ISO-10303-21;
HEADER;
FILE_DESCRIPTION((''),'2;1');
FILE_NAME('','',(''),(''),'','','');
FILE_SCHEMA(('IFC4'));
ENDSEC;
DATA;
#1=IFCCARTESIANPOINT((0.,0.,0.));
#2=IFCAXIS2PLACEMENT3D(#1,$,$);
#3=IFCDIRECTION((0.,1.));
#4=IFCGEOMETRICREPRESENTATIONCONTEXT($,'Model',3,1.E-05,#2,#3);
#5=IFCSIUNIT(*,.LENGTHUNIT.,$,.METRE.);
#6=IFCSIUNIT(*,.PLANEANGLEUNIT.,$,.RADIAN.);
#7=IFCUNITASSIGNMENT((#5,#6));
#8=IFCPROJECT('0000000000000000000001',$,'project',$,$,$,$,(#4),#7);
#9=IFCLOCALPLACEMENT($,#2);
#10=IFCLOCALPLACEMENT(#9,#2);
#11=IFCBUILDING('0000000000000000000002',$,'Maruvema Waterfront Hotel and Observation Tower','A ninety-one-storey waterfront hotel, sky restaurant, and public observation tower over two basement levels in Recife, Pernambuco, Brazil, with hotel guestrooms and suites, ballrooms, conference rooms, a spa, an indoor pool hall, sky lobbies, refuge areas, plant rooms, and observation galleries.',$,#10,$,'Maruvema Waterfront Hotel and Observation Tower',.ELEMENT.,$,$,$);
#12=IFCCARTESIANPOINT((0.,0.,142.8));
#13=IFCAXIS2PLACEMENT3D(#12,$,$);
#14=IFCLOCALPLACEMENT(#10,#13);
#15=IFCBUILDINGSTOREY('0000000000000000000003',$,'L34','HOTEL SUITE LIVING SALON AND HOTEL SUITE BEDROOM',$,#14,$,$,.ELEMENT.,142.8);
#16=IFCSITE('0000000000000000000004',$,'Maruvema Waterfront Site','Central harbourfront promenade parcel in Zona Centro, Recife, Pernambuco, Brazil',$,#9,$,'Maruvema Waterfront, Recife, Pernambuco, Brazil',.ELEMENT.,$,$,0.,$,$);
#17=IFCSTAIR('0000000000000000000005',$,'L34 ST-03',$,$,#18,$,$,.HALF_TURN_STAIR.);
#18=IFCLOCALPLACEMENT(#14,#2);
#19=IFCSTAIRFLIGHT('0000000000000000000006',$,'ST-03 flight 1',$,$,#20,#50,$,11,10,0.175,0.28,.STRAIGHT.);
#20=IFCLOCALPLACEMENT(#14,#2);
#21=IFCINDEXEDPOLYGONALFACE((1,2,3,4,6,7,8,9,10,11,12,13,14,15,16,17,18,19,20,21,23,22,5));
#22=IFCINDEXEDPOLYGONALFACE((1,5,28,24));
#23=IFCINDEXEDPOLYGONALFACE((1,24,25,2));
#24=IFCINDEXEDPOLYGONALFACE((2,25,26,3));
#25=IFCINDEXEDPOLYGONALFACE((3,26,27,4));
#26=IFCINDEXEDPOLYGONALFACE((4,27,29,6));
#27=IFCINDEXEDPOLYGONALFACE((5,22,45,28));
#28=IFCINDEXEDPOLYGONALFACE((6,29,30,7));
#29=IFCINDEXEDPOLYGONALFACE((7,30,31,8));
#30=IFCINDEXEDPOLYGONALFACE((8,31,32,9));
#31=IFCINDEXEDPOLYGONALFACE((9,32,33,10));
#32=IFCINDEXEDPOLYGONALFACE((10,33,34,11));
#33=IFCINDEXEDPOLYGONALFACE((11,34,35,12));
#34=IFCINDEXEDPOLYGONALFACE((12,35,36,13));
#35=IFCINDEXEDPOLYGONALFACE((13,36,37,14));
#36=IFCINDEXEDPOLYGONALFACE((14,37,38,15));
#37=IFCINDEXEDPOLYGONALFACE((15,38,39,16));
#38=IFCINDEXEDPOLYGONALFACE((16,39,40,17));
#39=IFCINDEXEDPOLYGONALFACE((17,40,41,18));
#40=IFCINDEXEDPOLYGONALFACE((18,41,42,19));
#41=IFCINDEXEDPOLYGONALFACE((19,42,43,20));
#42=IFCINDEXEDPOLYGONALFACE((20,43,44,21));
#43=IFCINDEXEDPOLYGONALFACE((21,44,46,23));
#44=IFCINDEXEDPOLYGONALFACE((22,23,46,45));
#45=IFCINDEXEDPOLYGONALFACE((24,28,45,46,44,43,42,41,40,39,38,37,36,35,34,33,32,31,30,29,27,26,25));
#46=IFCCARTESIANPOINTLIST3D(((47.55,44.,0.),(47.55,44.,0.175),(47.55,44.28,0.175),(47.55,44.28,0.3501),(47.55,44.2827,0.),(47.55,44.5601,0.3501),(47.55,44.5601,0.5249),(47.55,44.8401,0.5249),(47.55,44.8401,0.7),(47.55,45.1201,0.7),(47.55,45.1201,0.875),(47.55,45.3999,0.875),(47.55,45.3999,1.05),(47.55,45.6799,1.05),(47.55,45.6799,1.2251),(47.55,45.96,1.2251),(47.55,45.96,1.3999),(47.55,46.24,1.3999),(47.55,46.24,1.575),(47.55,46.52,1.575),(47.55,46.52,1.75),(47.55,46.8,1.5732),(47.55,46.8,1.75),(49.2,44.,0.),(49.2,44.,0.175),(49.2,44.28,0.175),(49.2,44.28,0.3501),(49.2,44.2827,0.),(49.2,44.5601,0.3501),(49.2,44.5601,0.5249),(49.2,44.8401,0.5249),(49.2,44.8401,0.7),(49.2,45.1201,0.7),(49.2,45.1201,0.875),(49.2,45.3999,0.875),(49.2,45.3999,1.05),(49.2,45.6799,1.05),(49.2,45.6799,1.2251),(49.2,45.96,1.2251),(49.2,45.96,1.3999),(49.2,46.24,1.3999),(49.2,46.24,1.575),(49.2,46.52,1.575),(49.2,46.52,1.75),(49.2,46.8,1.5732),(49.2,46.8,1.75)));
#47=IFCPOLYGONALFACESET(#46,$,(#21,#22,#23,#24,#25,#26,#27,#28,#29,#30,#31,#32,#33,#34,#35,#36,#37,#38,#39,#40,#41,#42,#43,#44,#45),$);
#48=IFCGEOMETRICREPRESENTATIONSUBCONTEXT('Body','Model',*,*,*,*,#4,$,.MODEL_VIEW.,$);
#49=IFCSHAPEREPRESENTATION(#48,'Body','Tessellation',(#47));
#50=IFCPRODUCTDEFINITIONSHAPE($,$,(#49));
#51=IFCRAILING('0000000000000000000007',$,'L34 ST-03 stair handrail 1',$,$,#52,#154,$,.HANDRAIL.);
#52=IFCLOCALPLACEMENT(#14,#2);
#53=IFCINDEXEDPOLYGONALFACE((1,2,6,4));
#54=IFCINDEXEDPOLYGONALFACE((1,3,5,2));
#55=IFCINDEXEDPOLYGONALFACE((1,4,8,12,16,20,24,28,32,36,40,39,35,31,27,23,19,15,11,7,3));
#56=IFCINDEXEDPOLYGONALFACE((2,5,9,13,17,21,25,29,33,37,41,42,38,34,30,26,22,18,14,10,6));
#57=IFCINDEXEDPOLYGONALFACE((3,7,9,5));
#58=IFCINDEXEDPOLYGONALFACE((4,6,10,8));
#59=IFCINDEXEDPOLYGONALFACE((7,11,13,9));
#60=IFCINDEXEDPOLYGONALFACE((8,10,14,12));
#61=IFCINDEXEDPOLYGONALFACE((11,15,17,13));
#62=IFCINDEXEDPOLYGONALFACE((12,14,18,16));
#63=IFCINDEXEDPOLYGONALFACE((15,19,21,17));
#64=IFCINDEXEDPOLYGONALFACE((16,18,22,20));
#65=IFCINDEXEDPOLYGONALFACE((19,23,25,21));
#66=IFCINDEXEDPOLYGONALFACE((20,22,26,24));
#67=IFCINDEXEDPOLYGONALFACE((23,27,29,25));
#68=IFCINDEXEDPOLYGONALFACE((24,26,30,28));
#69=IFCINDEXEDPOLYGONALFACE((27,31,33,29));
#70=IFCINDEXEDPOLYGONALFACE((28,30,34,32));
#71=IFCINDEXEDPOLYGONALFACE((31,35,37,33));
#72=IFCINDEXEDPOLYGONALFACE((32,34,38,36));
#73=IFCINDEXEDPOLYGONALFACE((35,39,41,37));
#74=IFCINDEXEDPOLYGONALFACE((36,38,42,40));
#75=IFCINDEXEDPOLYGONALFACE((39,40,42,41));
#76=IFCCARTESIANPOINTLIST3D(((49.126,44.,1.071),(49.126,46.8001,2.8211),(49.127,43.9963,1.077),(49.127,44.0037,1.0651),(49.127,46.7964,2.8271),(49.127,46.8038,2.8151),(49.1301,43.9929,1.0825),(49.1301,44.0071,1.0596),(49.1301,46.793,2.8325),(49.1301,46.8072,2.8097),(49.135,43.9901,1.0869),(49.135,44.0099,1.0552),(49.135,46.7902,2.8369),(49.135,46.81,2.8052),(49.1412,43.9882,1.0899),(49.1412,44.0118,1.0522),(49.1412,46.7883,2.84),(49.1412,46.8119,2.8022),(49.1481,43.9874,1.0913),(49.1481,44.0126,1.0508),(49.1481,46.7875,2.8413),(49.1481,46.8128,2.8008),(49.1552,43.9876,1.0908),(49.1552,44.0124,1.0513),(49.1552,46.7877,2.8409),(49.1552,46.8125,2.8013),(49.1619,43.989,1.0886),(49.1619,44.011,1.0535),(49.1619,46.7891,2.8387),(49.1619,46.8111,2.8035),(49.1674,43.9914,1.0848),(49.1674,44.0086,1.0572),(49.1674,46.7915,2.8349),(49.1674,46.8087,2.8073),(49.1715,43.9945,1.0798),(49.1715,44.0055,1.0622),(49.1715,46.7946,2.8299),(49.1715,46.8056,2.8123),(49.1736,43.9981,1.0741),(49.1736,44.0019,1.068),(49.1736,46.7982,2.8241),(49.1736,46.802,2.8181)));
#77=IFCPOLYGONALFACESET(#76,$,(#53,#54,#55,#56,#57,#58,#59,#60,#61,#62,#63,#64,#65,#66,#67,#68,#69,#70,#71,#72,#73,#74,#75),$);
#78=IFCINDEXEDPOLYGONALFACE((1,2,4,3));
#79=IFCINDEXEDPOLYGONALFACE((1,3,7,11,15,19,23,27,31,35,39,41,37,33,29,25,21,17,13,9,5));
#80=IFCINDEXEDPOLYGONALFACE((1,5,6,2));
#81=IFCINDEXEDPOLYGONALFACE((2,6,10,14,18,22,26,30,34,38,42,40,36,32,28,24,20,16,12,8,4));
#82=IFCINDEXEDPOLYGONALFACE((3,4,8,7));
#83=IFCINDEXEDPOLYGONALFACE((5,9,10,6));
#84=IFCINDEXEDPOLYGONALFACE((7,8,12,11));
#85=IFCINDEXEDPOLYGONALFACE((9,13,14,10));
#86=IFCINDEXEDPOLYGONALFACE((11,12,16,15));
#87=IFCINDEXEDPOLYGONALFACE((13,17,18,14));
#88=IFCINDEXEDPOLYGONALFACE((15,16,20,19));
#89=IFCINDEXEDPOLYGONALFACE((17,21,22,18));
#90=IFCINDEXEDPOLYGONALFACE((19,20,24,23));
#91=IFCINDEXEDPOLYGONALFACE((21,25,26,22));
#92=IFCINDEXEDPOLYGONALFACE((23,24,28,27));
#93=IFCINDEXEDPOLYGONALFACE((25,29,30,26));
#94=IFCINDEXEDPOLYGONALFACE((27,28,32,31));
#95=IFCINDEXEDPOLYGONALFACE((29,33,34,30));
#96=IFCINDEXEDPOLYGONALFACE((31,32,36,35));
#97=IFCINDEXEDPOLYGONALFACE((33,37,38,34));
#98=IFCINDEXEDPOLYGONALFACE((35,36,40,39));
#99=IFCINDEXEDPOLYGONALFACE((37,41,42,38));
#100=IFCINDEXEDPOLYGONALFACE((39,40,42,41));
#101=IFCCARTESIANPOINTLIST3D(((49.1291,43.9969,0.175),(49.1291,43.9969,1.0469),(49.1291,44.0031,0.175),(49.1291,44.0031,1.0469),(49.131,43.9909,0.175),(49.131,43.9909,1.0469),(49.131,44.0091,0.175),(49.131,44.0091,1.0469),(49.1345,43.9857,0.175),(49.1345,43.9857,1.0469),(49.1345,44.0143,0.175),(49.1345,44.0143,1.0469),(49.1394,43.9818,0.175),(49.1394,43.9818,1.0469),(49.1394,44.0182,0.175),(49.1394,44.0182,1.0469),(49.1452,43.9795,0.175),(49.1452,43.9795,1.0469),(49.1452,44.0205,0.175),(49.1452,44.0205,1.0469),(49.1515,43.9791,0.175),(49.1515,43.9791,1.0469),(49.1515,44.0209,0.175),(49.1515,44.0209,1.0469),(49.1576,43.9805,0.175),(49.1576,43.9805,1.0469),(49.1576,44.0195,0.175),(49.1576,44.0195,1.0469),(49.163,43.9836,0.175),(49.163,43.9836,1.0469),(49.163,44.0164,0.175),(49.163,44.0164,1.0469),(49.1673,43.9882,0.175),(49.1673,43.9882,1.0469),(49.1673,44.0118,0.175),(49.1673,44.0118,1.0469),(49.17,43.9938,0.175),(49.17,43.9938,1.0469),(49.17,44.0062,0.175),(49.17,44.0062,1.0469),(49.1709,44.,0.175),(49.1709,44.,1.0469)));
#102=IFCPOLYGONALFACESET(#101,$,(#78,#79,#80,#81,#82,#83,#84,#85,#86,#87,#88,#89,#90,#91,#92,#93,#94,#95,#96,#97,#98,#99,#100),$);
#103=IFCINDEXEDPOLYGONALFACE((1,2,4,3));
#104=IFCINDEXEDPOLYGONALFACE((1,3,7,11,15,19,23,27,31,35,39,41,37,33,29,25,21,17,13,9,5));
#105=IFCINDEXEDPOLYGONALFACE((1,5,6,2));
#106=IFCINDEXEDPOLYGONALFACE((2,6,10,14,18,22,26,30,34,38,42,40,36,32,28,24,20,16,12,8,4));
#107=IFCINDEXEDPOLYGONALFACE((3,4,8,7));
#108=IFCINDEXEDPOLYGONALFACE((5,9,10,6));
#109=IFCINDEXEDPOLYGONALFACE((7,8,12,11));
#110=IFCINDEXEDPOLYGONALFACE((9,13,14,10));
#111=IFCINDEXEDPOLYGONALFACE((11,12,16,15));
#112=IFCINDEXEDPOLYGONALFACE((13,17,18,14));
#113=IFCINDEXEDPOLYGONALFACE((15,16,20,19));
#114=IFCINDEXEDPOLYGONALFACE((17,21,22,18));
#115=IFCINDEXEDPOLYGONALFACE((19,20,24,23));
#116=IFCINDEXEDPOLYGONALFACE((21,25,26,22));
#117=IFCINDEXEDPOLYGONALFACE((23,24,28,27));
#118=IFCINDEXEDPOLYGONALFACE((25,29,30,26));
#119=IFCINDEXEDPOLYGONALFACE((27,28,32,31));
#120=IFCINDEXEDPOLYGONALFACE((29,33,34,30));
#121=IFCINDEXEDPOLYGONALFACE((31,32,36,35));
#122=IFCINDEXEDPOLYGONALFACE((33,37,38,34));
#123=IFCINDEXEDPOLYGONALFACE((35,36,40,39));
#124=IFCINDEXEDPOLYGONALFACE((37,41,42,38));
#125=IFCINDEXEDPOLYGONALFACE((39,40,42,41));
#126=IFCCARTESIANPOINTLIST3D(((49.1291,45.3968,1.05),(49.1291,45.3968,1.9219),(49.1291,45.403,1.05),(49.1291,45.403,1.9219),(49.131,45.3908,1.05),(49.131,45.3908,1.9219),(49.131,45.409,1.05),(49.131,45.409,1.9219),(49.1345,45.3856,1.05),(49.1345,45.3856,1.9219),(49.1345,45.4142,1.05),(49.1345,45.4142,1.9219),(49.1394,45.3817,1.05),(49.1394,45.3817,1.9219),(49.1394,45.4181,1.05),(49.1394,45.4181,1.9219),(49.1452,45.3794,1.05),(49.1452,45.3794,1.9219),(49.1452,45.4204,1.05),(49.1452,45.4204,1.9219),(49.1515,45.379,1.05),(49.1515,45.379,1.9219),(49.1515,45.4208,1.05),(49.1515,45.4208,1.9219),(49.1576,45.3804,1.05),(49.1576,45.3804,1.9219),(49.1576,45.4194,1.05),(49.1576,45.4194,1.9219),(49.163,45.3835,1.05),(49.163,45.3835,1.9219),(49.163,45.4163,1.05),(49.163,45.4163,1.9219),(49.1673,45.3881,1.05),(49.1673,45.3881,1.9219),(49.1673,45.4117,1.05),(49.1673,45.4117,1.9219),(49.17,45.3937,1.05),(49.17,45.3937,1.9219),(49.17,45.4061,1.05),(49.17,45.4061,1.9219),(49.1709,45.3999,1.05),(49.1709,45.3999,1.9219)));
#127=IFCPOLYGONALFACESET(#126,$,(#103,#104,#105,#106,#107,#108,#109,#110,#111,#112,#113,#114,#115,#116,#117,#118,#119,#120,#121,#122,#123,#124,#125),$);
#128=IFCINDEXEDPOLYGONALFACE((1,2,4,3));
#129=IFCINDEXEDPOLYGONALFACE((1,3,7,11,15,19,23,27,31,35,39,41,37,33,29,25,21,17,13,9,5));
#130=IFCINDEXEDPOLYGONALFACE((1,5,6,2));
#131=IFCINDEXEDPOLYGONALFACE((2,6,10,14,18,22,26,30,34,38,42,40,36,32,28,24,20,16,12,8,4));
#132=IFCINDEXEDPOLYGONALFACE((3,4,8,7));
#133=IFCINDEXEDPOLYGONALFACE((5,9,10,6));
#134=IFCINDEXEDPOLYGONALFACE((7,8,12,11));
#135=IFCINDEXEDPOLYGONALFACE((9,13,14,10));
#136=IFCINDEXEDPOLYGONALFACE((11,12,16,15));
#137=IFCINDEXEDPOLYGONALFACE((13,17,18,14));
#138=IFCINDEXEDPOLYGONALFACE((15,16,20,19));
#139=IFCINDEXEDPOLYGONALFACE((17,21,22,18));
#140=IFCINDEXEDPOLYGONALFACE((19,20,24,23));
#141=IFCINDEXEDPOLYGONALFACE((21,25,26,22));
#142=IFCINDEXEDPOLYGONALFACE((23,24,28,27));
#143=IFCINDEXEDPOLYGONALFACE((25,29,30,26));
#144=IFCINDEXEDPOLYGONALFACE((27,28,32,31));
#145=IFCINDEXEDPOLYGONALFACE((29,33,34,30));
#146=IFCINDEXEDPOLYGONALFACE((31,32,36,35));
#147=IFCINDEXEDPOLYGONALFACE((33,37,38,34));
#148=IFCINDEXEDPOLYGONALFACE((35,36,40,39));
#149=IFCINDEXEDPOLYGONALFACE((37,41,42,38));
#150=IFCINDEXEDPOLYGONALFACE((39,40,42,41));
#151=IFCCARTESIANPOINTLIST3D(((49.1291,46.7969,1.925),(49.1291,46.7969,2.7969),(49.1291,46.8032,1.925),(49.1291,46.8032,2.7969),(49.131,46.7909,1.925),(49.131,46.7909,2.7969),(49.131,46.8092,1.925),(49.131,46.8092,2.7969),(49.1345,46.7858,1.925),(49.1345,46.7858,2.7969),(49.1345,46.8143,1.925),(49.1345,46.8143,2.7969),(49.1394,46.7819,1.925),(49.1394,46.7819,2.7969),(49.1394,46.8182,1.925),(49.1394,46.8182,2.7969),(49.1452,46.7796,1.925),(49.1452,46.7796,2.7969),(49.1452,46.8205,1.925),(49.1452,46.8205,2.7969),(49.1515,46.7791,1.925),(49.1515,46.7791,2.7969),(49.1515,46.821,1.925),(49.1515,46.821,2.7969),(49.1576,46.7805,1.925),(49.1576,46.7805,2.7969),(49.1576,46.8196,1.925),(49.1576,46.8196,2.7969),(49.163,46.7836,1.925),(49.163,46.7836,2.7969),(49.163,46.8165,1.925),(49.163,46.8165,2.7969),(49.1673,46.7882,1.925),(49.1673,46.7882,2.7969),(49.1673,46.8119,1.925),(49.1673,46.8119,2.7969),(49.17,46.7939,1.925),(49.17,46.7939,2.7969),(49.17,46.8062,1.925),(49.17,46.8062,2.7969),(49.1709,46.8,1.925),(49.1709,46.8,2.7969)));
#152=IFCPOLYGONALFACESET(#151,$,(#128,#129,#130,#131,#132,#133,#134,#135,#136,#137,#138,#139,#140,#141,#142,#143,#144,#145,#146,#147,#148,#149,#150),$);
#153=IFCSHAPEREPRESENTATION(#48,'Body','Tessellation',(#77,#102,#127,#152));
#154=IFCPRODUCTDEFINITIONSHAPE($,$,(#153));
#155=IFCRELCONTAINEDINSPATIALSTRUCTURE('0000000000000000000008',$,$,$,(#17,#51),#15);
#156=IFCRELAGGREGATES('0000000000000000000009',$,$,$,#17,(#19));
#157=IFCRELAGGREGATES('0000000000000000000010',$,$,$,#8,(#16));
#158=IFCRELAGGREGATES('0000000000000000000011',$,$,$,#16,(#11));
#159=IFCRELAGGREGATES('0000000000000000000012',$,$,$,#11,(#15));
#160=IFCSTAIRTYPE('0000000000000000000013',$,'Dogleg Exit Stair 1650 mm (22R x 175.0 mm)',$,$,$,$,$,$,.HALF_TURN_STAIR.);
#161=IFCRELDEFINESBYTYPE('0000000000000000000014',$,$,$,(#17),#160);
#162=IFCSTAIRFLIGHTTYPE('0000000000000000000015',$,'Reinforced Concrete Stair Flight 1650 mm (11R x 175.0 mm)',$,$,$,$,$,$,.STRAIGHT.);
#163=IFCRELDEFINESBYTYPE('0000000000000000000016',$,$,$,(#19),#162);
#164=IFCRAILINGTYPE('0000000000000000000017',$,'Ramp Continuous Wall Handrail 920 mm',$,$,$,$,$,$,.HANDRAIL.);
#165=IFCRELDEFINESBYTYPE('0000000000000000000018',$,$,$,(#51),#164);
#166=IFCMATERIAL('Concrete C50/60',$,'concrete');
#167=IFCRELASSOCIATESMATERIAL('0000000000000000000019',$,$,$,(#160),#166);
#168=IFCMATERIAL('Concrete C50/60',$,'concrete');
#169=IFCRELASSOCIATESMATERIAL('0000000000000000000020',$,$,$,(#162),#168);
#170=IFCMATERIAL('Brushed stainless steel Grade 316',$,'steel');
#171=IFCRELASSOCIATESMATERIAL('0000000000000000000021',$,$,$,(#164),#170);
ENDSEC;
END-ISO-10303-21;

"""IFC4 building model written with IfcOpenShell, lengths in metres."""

from ifc_helpers import new_model, si_unit, direction, frame, origin, origin_2d, place, context, subcontext, project, spatial, polyline, circle, outline, extrude, material, type_object, element, aggregate, save


model = new_model("IFC4")

# Units and contexts
model_context = context("Model", 3, precision=1e-05, world=origin(), true_north=direction((0.0, 1.0)))
body_context = subcontext(model_context, "Body", "Model", "MODEL_VIEW")
ifc_project = project(units=[si_unit("LENGTHUNIT", "METRE"), si_unit("PLANEANGLEUNIT", "RADIAN")], contexts=[model_context])

# Site, building, storey
site_placement = place(None, origin())
site = spatial("IfcSite", under=ifc_project, at=site_placement, Name="Maruvema Waterfront Site", Description="Central harbourfront promenade parcel in Zona Centro, Recife, Pernambuco, Brazil", LongName="Maruvema Waterfront, Recife, Pernambuco, Brazil", CompositionType="ELEMENT", RefElevation=0.0)
building_placement = place(site_placement, origin())
building = spatial("IfcBuilding", under=site, at=building_placement, Name="Maruvema Waterfront Hotel and Observation Tower", Description="A ninety-one-storey waterfront hotel, sky restaurant, and public observation tower over two basement levels in Recife, Pernambuco, Brazil, with hotel guestrooms and suites, ballrooms, conference rooms, a spa, an indoor pool hall, sky lobbies, refuge areas, plant rooms, and observation galleries.", LongName="Maruvema Waterfront Hotel and Observation Tower", CompositionType="ELEMENT")
storey_placement = place(building_placement, frame((0.0, 0.0, 142.8)))
storey = spatial("IfcBuildingStorey", under=building, at=storey_placement, Name="L34", Description="HOTEL SUITE LIVING SALON AND HOTEL SUITE BEDROOM", CompositionType="ELEMENT", Elevation=142.8)

# Stair, stair flight
ifc_material_1 = material(Name="Concrete C50/60", Category="concrete")
stair_type = type_object("IfcStairType", Name="Dogleg Exit Stair 1650 mm (22R x 175.0 mm)", PredefinedType="HALF_TURN_STAIR", material=ifc_material_1)
stair_placement = place(storey_placement, origin())
stair = element("IfcStair", 1, at=stair_placement, inside=storey, type_object=stair_type, Name="L34 ST-03", PredefinedType="HALF_TURN_STAIR")
ifc_material_2 = material(Name="Concrete C50/60", Category="concrete")
stair_flight_type = type_object("IfcStairFlightType", Name="Reinforced Concrete Stair Flight 1650 mm (11R x 175.0 mm)", PredefinedType="STRAIGHT", material=ifc_material_2)
stair_flight_placement = place(storey_placement, frame((48.375, 44.0, 0.0), z_axis=(0.0, 0.0, 1.0), x_axis=(0.0, 1.0, 0.0)))
stair_flight = element("IfcStairFlight", 2, at=stair_flight_placement, type_object=stair_flight_type, Name="ST-03 flight 1", NumberOfRisers=11, NumberOfTreads=10, PredefinedType="STRAIGHT", RiserHeight=0.175, TreadLength=0.28, context=body_context, shape_type="SweptSolid", body=[
    extrude(outline(polyline([(0.0, 0.0), (0.0, 0.175), (0.28, 0.175), (0.28, 0.3501), (0.5601, 0.3501), (0.5601, 0.5249), (0.8401, 0.5249), (0.8401, 0.7), (1.1201, 0.7), (1.1201, 0.875), (1.3999, 0.875), (1.3999, 1.05), (1.6799, 1.05), (1.6799, 1.2251), (1.96, 1.2251), (1.96, 1.3999), (2.24, 1.3999), (2.24, 1.575), (2.52, 1.575), (2.52, 1.75), (2.8, 1.75), (2.8, 1.925), (2.8, 1.5732), (0.2827, 0.0), (0.0, 0.0)])), frame((0.0, 0.825, 0.0), z_axis=(0.0, -1.0, 0.0), x_axis=(1.0, 0.0, 0.0)), (0.0, 0.0, 1.0), 1.6499),
])
aggregate(stair, [stair_flight])

# Railing
ifc_material_3 = material(Name="Brushed stainless steel Grade 316", Category="steel")
railing_type_1 = type_object("IfcRailingType", Name="Ramp Continuous Wall Handrail 920 mm", PredefinedType="HANDRAIL", material=ifc_material_3)
railing_1_placement = place(storey_placement, frame((49.1499, 44.0, 0.175)))
element("IfcRailing", 3, at=railing_1_placement, inside=storey, type_object=railing_type_1, Name="L34 ST-03 stair handrail 1", PredefinedType="HANDRAIL", context=body_context, shape_type="SweptSolid", body=[
    extrude(circle(Radius=0.0239, at=origin_2d()), frame((0.0, 0.0, 0.896), z_axis=(0.0, 0.848002, 0.529992), x_axis=(-1.0, 0.0, 0.0)), (0.0, 0.0, 1.0), 3.302),
    extrude(circle(Radius=0.021, at=origin_2d()), origin(), (0.0, 0.0, 1.0), 0.8718),
    extrude(circle(Radius=0.021, at=origin_2d()), frame((0.0, 1.3999, 0.875)), (0.0, 0.0, 1.0), 0.8718),
    extrude(circle(Radius=0.021, at=origin_2d()), frame((0.0, 2.8, 1.75)), (0.0, 0.0, 1.0), 0.8718),
])

save(model, "model.ifc")
